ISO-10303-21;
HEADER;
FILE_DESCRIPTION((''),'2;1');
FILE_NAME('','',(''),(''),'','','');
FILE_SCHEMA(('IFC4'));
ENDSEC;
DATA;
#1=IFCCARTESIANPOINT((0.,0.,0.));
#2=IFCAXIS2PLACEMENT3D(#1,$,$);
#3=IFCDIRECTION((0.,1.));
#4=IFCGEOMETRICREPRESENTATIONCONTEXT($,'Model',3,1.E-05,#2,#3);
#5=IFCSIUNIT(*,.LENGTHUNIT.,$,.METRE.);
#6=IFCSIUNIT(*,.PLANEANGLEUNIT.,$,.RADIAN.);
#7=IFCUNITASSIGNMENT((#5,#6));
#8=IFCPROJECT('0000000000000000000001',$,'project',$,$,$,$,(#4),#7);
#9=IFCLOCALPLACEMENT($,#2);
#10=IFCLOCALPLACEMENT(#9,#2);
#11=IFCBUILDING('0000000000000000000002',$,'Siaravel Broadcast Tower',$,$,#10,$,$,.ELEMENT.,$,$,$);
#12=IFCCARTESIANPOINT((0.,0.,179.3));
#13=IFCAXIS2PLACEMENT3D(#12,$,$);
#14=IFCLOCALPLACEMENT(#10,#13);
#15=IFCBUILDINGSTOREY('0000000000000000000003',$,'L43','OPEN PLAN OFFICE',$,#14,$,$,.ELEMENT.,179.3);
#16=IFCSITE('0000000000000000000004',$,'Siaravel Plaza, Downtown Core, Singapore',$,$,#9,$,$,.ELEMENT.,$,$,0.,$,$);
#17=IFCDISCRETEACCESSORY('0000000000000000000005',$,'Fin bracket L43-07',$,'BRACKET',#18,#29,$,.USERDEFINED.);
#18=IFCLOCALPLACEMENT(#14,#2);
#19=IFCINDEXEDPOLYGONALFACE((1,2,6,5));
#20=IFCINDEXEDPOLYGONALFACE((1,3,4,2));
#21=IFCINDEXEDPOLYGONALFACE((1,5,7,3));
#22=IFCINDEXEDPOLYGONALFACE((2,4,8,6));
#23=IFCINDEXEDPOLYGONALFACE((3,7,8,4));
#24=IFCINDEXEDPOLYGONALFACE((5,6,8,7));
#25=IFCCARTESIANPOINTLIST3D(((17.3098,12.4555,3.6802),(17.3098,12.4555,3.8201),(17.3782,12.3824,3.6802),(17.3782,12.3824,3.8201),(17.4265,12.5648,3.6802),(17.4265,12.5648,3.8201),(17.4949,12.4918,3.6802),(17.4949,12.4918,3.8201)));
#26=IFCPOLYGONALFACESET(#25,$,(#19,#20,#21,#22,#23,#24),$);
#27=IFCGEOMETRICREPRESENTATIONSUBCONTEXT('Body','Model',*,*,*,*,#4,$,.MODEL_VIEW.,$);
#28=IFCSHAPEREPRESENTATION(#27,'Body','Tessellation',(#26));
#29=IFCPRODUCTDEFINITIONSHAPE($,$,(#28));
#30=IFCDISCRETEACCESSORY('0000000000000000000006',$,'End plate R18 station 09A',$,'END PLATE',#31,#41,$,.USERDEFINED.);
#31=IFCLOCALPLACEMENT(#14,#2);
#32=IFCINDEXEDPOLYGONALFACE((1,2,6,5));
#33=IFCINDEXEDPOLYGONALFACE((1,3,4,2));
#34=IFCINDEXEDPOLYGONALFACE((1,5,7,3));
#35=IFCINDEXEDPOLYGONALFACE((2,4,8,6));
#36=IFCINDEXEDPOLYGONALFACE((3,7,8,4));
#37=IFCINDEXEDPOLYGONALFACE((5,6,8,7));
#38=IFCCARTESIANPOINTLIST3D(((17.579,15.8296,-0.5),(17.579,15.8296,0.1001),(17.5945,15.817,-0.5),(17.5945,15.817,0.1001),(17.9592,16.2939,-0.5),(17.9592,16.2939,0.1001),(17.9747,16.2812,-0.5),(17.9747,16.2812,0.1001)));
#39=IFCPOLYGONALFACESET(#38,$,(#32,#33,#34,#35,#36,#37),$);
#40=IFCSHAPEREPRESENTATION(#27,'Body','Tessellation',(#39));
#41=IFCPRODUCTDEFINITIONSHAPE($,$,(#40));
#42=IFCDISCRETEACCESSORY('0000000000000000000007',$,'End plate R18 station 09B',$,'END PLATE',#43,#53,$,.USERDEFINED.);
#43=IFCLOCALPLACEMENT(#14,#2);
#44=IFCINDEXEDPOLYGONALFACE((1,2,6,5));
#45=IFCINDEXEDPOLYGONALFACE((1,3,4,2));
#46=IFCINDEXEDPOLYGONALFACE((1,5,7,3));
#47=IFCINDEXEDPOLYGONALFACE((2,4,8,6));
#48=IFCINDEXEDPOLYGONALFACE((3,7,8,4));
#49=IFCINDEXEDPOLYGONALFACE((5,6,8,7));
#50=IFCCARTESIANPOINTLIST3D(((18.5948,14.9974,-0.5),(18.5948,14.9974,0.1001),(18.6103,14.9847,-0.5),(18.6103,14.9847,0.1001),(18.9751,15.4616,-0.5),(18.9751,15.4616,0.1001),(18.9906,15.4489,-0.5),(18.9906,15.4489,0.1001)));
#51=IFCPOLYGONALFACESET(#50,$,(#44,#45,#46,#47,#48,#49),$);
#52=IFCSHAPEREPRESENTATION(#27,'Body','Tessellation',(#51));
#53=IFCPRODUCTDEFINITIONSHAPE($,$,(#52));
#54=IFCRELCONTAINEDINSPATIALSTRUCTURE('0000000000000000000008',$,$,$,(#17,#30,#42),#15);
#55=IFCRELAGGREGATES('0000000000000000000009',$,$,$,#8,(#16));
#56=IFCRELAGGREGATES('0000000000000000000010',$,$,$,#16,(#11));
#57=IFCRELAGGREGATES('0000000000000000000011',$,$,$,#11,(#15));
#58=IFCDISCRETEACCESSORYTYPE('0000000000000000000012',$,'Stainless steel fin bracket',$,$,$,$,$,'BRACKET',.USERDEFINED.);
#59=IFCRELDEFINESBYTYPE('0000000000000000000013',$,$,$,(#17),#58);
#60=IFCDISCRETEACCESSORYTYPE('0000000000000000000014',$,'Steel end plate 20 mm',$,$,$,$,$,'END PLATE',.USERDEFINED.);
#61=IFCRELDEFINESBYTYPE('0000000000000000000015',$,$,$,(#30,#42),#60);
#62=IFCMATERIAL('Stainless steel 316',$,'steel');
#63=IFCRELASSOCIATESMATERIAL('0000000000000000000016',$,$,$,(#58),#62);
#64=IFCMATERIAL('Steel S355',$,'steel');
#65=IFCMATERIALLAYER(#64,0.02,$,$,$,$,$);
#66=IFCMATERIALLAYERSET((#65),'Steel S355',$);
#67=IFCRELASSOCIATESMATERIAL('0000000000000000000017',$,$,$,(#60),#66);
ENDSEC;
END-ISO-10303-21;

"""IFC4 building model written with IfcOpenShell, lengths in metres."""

from ifc_helpers import new_model, si_unit, direction, frame, origin, origin_2d, place, context, subcontext, project, spatial, rectangle, extrude, material, layer, layer_set, type_object, element, save


model = new_model("IFC4")

# Units and contexts
model_context = context("Model", 3, precision=1e-05, world=origin(), true_north=direction((0.0, 1.0)))
body_context = subcontext(model_context, "Body", "Model", "MODEL_VIEW")
ifc_project = project(units=[si_unit("LENGTHUNIT", "METRE"), si_unit("PLANEANGLEUNIT", "RADIAN")], contexts=[model_context])

# Site, building, storey
site_placement = place(None, origin())
site = spatial("IfcSite", under=ifc_project, at=site_placement, Name="Siaravel Plaza, Downtown Core, Singapore", CompositionType="ELEMENT", RefElevation=0.0)
building_placement = place(site_placement, origin())
building = spatial("IfcBuilding", under=site, at=building_placement, Name="Siaravel Broadcast Tower", CompositionType="ELEMENT")
storey_placement = place(building_placement, frame((0.0, 0.0, 179.3)))
storey = spatial("IfcBuildingStorey", under=building, at=storey_placement, Name="L43", Description="OPEN PLAN OFFICE", CompositionType="ELEMENT", Elevation=179.3)

# Shared definitions
ifc_material_1 = material(Name="Steel S355", Category="steel")

# Discrete accessories
ifc_material_2 = material(Name="Stainless steel 316", Category="steel")
discrete_accessory_type_1 = type_object("IfcDiscreteAccessoryType", Name="Stainless steel fin bracket", ElementType="BRACKET", PredefinedType="USERDEFINED", material=ifc_material_2)
discrete_accessory_placement = place(storey_placement, frame((17.4023, 12.4736, 3.6802), z_axis=(0.0, 0.0, 1.0), x_axis=(0.729806, 0.683655, 0.0)))
element("IfcDiscreteAccessory", 1, at=discrete_accessory_placement, inside=storey, type_object=discrete_accessory_type_1, Name="Fin bracket L43-07", ObjectType="BRACKET", PredefinedType="USERDEFINED", context=body_context, shape_type="SweptSolid", body=[
    extrude(rectangle(XDim=0.1599, YDim=0.1001, at=origin_2d()), origin(), (0.0, 0.0, 1.0), 0.1399),
])
ifc_layer_1 = layer(ifc_material_1, 0.02)
ifc_layer_set_1 = layer_set([ifc_layer_1], Name="Steel S355")
discrete_accessory_type_2 = type_object("IfcDiscreteAccessoryType", Name="Steel end plate 20 mm", ElementType="END PLATE", PredefinedType="USERDEFINED", material=ifc_layer_set_1)
for number, where, z_axis, x_axis, name in (
    (2, (17.7769, 16.0554, -0.5), (0.0, 0.0, 1.0), (-0.773605, 0.633669, 0.0), "End plate R18 station 09A"),
    (3, (18.7927, 15.2231, -0.5), (0.0, 0.0, 1.0), (-0.773605, 0.633669, 0.0), "End plate R18 station 09B"),
):
    element("IfcDiscreteAccessory", number, at=place(storey_placement, frame(where, z_axis=z_axis, x_axis=x_axis)), inside=storey, type_object=discrete_accessory_type_2, Name=name, ObjectType="END PLATE", PredefinedType="USERDEFINED", context=body_context, shape_type="SweptSolid", body=[
        extrude(rectangle(XDim=0.02, YDim=0.6001, at=origin_2d()), origin(), (0.0, 0.0, 1.0), 0.6001),
    ])

save(model, "model.ifc")
